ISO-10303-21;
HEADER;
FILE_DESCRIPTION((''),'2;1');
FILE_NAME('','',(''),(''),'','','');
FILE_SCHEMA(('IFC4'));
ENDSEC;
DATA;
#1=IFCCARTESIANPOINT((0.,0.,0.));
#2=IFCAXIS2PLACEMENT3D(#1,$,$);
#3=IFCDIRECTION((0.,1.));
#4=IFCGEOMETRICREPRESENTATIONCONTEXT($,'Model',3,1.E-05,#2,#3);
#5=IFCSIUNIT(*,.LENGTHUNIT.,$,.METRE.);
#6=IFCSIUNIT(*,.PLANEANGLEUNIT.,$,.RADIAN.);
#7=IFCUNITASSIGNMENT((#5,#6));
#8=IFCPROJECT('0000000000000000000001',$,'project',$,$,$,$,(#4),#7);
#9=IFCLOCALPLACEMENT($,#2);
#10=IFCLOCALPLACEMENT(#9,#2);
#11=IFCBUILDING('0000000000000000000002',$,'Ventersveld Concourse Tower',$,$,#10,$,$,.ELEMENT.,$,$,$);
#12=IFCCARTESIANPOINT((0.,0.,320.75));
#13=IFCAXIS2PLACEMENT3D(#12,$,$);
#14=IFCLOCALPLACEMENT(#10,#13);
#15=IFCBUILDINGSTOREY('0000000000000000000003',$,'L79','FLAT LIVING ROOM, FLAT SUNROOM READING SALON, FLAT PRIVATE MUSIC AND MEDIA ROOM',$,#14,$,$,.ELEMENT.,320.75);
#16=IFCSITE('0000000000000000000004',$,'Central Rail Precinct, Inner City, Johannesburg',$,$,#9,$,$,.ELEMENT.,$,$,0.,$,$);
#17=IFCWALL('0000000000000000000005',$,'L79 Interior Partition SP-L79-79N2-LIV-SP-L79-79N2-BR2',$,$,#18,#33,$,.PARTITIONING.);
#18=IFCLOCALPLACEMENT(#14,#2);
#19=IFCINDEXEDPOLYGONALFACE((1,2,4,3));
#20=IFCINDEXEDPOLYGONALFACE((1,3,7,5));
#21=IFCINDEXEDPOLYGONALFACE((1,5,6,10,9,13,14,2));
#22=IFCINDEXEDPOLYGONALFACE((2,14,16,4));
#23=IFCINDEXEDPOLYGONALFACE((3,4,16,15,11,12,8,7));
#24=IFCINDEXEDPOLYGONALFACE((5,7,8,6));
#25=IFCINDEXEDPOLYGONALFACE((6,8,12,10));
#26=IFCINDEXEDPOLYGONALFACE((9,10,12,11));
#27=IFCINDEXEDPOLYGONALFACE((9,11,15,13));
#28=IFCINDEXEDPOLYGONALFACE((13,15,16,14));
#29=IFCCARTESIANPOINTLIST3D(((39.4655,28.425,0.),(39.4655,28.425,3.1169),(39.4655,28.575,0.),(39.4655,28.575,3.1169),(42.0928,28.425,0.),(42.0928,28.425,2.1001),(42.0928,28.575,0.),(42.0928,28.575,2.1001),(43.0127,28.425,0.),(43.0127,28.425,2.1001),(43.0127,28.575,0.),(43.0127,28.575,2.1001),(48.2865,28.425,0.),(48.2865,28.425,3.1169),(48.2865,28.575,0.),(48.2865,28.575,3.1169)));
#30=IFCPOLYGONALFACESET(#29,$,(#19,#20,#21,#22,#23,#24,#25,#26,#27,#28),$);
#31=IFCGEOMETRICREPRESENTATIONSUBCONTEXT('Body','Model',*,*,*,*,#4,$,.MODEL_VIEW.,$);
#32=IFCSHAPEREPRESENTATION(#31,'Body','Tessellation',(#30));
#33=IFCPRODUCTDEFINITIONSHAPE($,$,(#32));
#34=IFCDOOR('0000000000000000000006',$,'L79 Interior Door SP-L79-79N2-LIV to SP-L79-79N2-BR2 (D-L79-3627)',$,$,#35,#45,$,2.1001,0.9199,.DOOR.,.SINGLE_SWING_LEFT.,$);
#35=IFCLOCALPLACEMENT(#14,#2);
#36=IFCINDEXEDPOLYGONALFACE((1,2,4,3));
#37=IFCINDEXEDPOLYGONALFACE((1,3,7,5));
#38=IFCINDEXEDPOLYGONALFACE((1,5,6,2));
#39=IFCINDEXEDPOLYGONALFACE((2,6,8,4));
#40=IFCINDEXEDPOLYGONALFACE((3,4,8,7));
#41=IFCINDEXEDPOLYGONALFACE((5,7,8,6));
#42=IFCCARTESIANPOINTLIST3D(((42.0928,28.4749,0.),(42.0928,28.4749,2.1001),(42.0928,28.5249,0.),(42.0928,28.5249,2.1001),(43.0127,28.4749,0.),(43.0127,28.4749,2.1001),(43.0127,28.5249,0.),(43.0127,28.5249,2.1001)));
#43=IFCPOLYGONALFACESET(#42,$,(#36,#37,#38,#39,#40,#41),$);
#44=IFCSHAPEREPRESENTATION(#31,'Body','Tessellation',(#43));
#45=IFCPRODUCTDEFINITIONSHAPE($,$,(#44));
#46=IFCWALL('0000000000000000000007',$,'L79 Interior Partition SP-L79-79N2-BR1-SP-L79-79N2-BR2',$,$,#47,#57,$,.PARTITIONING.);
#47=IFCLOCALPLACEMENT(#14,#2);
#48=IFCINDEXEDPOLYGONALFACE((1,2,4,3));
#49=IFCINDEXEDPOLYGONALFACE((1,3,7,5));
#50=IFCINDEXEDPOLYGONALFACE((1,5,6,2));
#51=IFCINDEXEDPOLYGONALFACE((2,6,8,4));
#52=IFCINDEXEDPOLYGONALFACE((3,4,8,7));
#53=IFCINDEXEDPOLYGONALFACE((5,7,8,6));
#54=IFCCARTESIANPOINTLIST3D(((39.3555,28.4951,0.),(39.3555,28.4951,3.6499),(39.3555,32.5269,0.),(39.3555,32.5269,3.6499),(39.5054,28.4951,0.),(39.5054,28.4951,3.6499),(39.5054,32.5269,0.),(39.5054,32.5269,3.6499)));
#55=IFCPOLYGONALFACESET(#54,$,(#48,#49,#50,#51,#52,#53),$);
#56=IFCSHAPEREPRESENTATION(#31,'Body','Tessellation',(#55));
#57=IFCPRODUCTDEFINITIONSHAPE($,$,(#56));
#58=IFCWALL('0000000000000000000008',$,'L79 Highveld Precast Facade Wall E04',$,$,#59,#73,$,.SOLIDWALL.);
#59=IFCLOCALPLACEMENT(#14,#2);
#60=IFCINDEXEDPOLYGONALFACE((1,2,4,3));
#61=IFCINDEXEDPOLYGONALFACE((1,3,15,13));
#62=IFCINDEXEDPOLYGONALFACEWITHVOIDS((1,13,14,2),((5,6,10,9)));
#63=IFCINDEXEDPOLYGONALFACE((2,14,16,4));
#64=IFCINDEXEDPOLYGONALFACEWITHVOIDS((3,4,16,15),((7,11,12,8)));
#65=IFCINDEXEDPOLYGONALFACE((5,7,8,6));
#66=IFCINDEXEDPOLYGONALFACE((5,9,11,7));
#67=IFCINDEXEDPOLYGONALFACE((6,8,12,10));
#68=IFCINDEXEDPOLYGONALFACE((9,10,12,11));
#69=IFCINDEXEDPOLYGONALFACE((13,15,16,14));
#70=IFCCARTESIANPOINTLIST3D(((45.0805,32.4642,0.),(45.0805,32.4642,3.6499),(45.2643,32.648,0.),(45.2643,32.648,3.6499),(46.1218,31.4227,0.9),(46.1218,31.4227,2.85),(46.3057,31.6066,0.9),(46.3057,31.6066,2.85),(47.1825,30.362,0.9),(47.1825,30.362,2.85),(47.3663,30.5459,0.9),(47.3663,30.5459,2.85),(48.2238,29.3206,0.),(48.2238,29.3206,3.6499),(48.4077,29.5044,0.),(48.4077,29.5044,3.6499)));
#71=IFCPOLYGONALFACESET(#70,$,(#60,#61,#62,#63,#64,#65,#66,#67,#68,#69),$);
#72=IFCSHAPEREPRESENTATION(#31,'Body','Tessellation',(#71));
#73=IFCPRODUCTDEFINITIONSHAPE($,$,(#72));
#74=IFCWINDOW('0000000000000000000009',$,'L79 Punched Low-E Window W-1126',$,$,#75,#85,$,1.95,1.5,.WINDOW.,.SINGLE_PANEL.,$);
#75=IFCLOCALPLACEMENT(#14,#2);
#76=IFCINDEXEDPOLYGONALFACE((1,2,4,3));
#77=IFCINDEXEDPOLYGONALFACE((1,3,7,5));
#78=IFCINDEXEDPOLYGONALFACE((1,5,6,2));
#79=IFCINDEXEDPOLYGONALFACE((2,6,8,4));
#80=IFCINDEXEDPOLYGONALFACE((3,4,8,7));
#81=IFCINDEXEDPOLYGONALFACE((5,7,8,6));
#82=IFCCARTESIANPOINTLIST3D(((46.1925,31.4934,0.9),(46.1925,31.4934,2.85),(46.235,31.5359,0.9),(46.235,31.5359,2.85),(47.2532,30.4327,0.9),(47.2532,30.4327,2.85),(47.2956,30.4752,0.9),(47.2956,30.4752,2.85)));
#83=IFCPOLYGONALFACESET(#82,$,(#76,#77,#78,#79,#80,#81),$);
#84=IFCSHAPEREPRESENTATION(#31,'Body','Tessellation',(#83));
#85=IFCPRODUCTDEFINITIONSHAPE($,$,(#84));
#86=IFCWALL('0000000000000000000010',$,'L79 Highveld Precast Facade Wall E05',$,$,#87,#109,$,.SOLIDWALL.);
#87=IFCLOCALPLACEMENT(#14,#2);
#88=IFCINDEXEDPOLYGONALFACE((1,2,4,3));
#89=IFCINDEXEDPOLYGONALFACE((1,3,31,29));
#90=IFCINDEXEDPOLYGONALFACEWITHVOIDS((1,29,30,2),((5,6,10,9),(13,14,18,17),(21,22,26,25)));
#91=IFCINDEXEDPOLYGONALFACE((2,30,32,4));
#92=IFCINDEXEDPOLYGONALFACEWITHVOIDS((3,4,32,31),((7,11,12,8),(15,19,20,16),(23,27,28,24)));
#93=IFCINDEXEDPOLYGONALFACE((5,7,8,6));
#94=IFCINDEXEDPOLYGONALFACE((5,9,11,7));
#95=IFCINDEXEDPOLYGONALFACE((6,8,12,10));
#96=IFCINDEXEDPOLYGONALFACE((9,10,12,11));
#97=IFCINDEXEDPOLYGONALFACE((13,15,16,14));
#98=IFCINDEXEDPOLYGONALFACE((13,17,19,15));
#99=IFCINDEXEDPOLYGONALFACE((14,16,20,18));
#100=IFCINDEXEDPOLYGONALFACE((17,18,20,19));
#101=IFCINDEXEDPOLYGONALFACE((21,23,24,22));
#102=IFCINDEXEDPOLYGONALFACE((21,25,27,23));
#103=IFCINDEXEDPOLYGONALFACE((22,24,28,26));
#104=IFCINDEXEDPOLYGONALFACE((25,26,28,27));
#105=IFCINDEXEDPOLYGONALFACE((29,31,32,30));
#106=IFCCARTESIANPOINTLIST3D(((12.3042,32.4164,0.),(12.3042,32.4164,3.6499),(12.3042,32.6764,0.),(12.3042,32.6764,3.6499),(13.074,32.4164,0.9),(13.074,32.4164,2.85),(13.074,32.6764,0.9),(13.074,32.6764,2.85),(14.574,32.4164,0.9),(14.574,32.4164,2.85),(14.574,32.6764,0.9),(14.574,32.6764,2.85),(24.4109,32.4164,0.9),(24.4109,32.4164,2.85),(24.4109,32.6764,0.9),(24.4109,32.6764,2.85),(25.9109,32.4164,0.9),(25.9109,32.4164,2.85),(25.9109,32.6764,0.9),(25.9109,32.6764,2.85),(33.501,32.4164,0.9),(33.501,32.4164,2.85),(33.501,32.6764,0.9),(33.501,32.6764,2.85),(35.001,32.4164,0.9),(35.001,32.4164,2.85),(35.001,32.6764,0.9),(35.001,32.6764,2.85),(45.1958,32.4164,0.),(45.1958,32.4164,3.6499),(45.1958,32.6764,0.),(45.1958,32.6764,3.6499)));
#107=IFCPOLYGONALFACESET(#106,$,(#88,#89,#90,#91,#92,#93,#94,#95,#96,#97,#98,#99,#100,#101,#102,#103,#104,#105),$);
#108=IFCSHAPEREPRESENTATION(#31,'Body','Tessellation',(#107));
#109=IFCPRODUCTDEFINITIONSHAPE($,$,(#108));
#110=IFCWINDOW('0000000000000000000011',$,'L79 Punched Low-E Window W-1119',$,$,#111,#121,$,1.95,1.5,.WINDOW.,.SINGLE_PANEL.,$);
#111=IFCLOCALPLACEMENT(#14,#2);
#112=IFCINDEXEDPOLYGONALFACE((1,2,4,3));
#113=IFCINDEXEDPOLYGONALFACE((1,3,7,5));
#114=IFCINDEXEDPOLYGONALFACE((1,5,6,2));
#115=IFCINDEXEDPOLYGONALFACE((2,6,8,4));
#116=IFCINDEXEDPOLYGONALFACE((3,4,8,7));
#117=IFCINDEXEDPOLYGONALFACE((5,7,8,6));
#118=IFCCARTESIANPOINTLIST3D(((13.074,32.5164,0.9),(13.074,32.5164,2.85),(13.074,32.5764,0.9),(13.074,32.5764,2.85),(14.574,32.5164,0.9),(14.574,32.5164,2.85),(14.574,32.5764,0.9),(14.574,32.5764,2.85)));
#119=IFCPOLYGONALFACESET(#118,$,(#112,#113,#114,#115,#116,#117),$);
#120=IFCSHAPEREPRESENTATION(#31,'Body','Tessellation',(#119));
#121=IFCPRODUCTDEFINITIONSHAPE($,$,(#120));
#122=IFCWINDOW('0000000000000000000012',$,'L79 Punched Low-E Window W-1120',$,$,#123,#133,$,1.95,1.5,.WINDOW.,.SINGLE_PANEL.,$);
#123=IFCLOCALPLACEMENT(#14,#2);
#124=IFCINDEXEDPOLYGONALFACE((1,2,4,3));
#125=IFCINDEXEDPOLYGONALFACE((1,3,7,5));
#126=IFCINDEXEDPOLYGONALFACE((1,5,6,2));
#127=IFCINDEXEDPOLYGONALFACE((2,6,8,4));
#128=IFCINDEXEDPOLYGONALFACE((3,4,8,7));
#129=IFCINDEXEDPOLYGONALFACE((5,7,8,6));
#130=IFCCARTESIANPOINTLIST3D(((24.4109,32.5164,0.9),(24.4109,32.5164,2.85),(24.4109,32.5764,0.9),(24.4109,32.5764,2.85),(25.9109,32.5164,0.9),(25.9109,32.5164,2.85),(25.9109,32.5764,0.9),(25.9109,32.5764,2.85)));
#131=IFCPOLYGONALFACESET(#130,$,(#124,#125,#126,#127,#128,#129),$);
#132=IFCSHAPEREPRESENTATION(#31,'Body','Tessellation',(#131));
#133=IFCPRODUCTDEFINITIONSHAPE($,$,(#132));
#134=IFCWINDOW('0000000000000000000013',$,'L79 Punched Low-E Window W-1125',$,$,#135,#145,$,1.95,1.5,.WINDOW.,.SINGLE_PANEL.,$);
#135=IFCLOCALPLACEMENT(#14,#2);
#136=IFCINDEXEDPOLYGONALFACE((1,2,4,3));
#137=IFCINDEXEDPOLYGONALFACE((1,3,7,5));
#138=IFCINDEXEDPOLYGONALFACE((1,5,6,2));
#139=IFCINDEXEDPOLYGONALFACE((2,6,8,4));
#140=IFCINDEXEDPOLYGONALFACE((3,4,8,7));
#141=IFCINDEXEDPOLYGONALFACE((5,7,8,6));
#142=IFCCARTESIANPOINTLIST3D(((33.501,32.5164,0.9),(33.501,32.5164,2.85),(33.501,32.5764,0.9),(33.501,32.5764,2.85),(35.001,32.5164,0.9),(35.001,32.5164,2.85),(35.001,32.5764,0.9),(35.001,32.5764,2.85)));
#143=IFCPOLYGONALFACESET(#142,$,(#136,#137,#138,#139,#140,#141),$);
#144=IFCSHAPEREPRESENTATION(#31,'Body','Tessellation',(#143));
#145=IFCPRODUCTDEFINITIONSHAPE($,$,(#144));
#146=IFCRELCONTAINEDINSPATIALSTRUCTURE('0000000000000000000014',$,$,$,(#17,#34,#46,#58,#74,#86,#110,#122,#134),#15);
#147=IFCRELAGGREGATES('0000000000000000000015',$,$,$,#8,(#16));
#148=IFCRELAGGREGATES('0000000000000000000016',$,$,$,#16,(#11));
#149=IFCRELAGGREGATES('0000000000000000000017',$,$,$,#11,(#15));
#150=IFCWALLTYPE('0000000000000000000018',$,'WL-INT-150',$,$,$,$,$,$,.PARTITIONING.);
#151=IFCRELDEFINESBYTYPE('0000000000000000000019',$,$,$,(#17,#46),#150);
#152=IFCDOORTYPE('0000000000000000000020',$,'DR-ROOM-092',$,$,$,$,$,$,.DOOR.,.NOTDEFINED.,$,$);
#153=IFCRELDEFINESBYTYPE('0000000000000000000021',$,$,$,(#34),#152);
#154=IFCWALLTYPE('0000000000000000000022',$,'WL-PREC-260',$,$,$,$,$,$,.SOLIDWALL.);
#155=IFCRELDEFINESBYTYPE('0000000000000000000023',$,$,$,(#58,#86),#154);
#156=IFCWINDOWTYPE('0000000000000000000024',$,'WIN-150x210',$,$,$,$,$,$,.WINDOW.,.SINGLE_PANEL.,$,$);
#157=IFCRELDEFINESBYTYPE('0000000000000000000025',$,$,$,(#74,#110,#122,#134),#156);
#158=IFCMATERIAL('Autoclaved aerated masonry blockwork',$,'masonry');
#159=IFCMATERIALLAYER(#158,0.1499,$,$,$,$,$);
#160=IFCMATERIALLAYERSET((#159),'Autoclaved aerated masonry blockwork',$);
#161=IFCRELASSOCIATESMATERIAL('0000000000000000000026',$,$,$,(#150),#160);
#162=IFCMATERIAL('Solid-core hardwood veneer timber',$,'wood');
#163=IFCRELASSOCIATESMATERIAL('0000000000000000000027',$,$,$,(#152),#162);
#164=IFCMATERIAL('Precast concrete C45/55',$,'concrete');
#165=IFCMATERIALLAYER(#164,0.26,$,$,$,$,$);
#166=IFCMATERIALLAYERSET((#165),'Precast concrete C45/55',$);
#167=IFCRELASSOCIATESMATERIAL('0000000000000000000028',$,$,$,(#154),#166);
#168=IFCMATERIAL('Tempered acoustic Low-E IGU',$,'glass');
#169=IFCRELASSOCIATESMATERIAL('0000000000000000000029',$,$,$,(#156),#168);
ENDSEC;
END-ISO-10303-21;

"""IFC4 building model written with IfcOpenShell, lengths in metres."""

from ifc_helpers import new_model, si_unit, direction, frame, frame_2d, origin, place, context, subcontext, project, spatial, rectangle, extrude, material, layer, layer_set, type_object, element, fill, save


model = new_model("IFC4")

# Units and contexts
model_context = context("Model", 3, precision=1e-05, world=origin(), true_north=direction((0.0, 1.0)))
body_context = subcontext(model_context, "Body", "Model", "MODEL_VIEW")
ifc_project = project(units=[si_unit("LENGTHUNIT", "METRE"), si_unit("PLANEANGLEUNIT", "RADIAN")], contexts=[model_context])

# Site, building, storey
site_placement = place(None, origin())
site = spatial("IfcSite", under=ifc_project, at=site_placement, Name="Central Rail Precinct, Inner City, Johannesburg", CompositionType="ELEMENT", RefElevation=0.0)
building_placement = place(site_placement, origin())
building = spatial("IfcBuilding", under=site, at=building_placement, Name="Ventersveld Concourse Tower", CompositionType="ELEMENT")
storey_placement = place(building_placement, frame((0.0, 0.0, 320.75)))
storey = spatial("IfcBuildingStorey", under=building, at=storey_placement, Name="L79", Description="FLAT LIVING ROOM, FLAT SUNROOM READING SALON, FLAT PRIVATE MUSIC AND MEDIA ROOM", CompositionType="ELEMENT", Elevation=320.75)

# Wall, opening, door
ifc_material_1 = material(Name="Autoclaved aerated masonry blockwork", Category="masonry")
ifc_layer_1 = layer(ifc_material_1, 0.1499)
ifc_layer_set_1 = layer_set([ifc_layer_1], Name="Autoclaved aerated masonry blockwork")
wall_type_1 = type_object("IfcWallType", Name="WL-INT-150", PredefinedType="PARTITIONING", material=ifc_layer_set_1)
ifc_material_2 = material(Name="Solid-core hardwood veneer timber", Category="wood")
door_type = type_object("IfcDoorType", Name="DR-ROOM-092", OperationType="NOTDEFINED", PredefinedType="DOOR", material=ifc_material_2)
wall_1_placement = place(storey_placement, frame((39.4653, 28.5, 0.0), z_axis=(0.0, 0.0, 1.0), x_axis=(1.0, 0.0, 0.0)))
wall_1 = element("IfcWall", 1, at=wall_1_placement, inside=storey, type_object=wall_type_1, Name="L79 Interior Partition SP-L79-79N2-LIV-SP-L79-79N2-BR2", PredefinedType="PARTITIONING", context=body_context, shape_type="SweptSolid", body=[
    extrude(rectangle(XDim=8.821, YDim=0.1499, at=frame_2d((4.4106, 0.0))), origin(), (0.0, 0.0, 1.0), 3.1169),
])
opening_1_placement = place(wall_1_placement, frame((2.6274, 0.0, 0.0)))
opening_1 = element("IfcOpeningElement", 2, at=opening_1_placement, cuts=wall_1, PredefinedType="OPENING", context=body_context, shape_type="SweptSolid", body=[
    extrude(rectangle(XDim=0.9199, YDim=2.1001, at=frame_2d((0.46, 1.05))), frame((0.0, 0.085, 0.0), z_axis=(0.0, -1.0, 0.0), x_axis=(1.0, 0.0, 0.0)), (0.0, 0.0, 1.0), 0.1699),
])
door_1_placement = place(opening_1_placement, origin())
door_1 = element("IfcDoor", 3, at=door_1_placement, inside=storey, type_object=door_type, Name="L79 Interior Door SP-L79-79N2-LIV to SP-L79-79N2-BR2 (D-L79-3627)", OperationType="SINGLE_SWING_LEFT", OverallHeight=2.1001, OverallWidth=0.9199, PredefinedType="DOOR", context=body_context, shape_type="SweptSolid", body=[
    extrude(rectangle(XDim=0.9199, YDim=2.1001, at=frame_2d((0.46, 1.05))), frame((0.0, 0.0249, 0.0), z_axis=(0.0, -1.0, 0.0), x_axis=(1.0, 0.0, 0.0)), (0.0, 0.0, 1.0), 0.05),
])
fill(opening_1, door_1)

# Wall
wall_2_placement = place(storey_placement, frame((39.4304, 28.4951, 0.0), z_axis=(0.0, 0.0, 1.0), x_axis=(0.0, 1.0, 0.0)))
element("IfcWall", 4, at=wall_2_placement, inside=storey, type_object=wall_type_1, Name="L79 Interior Partition SP-L79-79N2-BR1-SP-L79-79N2-BR2", PredefinedType="PARTITIONING", context=body_context, shape_type="SweptSolid", body=[
    extrude(rectangle(XDim=4.0317, YDim=0.1499, at=frame_2d((2.0159, 0.0))), origin(), (0.0, 0.0, 1.0), 3.6499),
])

# Wall, opening, window
ifc_material_3 = material(Name="Precast concrete C45/55", Category="concrete")
ifc_layer_2 = layer(ifc_material_3, 0.26)
ifc_layer_set_2 = layer_set([ifc_layer_2], Name="Precast concrete C45/55")
wall_type_2 = type_object("IfcWallType", Name="WL-PREC-260", PredefinedType="SOLIDWALL", material=ifc_layer_set_2)
wall_3_placement = place(storey_placement, frame((48.3157, 29.4126, 0.0), z_axis=(0.0, 0.0, 1.0), x_axis=(-0.707079, 0.707134, 0.0)))
wall_3 = element("IfcWall", 5, at=wall_3_placement, inside=storey, type_object=wall_type_2, Name="L79 Highveld Precast Facade Wall E04", PredefinedType="SOLIDWALL", context=body_context, shape_type="SweptSolid", body=[
    extrude(rectangle(XDim=4.4456, YDim=0.26, at=frame_2d((2.2227, 0.0))), origin(), (0.0, 0.0, 1.0), 3.6499),
])
opening_2_placement = place(wall_3_placement, frame((1.4727, 0.0, 0.8999)))
opening_2 = element("IfcOpeningElement", 6, at=opening_2_placement, cuts=wall_3, PredefinedType="OPENING", context=body_context, shape_type="SweptSolid", body=[
    extrude(rectangle(XDim=1.5, YDim=1.95, at=frame_2d((0.75, 0.9751))), frame((0.0, 0.1401, 0.0), z_axis=(0.0, -1.0, 0.0), x_axis=(1.0, 0.0, 0.0)), (0.0, 0.0, 1.0), 0.28),
])
ifc_material_4 = material(Name="Tempered acoustic Low-E IGU", Category="glass")
window_type = type_object("IfcWindowType", Name="WIN-150x210", PartitioningType="SINGLE_PANEL", PredefinedType="WINDOW", material=ifc_material_4)
window_1_placement = place(opening_2_placement, origin())
window_1 = element("IfcWindow", 7, at=window_1_placement, inside=storey, type_object=window_type, Name="L79 Punched Low-E Window W-1126", OverallHeight=1.95, OverallWidth=1.5, PartitioningType="SINGLE_PANEL", PredefinedType="WINDOW", context=body_context, shape_type="SweptSolid", body=[
    extrude(rectangle(XDim=1.5, YDim=1.95, at=frame_2d((0.75, 0.9751))), frame((0.0, 0.03, 0.0), z_axis=(0.0, -1.0, 0.0), x_axis=(1.0, 0.0, 0.0)), (0.0, 0.0, 1.0), 0.0601),
])
fill(opening_2, window_1)

# Wall, openings, windows
wall_4_placement = place(storey_placement, frame((45.1958, 32.5464, 0.0), z_axis=(0.0, 0.0, 1.0), x_axis=(-1.0, 0.0, 0.0)))
wall_4 = element("IfcWall", 8, at=wall_4_placement, inside=storey, type_object=wall_type_2, Name="L79 Highveld Precast Facade Wall E05", PredefinedType="SOLIDWALL", context=body_context, shape_type="SweptSolid", body=[
    extrude(rectangle(XDim=32.8916, YDim=0.26, at=frame_2d((16.4458, 0.0))), origin(), (0.0, 0.0, 1.0), 3.6499),
])
opening_3_placement = place(wall_4_placement, frame((30.6218, 0.0, 0.8999)))
opening_3 = element("IfcOpeningElement", 9, at=opening_3_placement, cuts=wall_4, PredefinedType="OPENING", context=body_context, shape_type="SweptSolid", body=[
    extrude(rectangle(XDim=1.5, YDim=1.95, at=frame_2d((0.75, 0.9751))), frame((0.0, 0.1401, 0.0), z_axis=(0.0, -1.0, 0.0), x_axis=(1.0, 0.0, 0.0)), (0.0, 0.0, 1.0), 0.28),
])
opening_4_placement = place(wall_4_placement, frame((19.2849, 0.0, 0.8999)))
opening_4 = element("IfcOpeningElement", 10, at=opening_4_placement, cuts=wall_4, PredefinedType="OPENING", context=body_context, shape_type="SweptSolid", body=[
    extrude(rectangle(XDim=1.5, YDim=1.95, at=frame_2d((0.75, 0.9751))), frame((0.0, 0.1401, 0.0), z_axis=(0.0, -1.0, 0.0), x_axis=(1.0, 0.0, 0.0)), (0.0, 0.0, 1.0), 0.28),
])
opening_5_placement = place(wall_4_placement, frame((10.1948, 0.0, 0.8999)))
opening_5 = element("IfcOpeningElement", 11, at=opening_5_placement, cuts=wall_4, PredefinedType="OPENING", context=body_context, shape_type="SweptSolid", body=[
    extrude(rectangle(XDim=1.5, YDim=1.95, at=frame_2d((0.75, 0.9751))), frame((0.0, 0.1401, 0.0), z_axis=(0.0, -1.0, 0.0), x_axis=(1.0, 0.0, 0.0)), (0.0, 0.0, 1.0), 0.28),
])
window_2_placement = place(opening_3_placement, origin())
window_2 = element("IfcWindow", 12, at=window_2_placement, inside=storey, type_object=window_type, Name="L79 Punched Low-E Window W-1119", OverallHeight=1.95, OverallWidth=1.5, PartitioningType="SINGLE_PANEL", PredefinedType="WINDOW", context=body_context, shape_type="SweptSolid", body=[
    extrude(rectangle(XDim=1.5, YDim=1.95, at=frame_2d((0.75, 0.9751))), frame((0.0, 0.03, 0.0), z_axis=(0.0, -1.0, 0.0), x_axis=(1.0, 0.0, 0.0)), (0.0, 0.0, 1.0), 0.0601),
])
fill(opening_3, window_2)
window_3_placement = place(opening_4_placement, origin())
window_3 = element("IfcWindow", 13, at=window_3_placement, inside=storey, type_object=window_type, Name="L79 Punched Low-E Window W-1120", OverallHeight=1.95, OverallWidth=1.5, PartitioningType="SINGLE_PANEL", PredefinedType="WINDOW", context=body_context, shape_type="SweptSolid", body=[
    extrude(rectangle(XDim=1.5, YDim=1.95, at=frame_2d((0.75, 0.9751))), frame((0.0, 0.03, 0.0), z_axis=(0.0, -1.0, 0.0), x_axis=(1.0, 0.0, 0.0)), (0.0, 0.0, 1.0), 0.0601),
])
fill(opening_4, window_3)
window_4_placement = place(opening_5_placement, origin())
window_4 = element("IfcWindow", 14, at=window_4_placement, inside=storey, type_object=window_type, Name="L79 Punched Low-E Window W-1125", OverallHeight=1.95, OverallWidth=1.5, PartitioningType="SINGLE_PANEL", PredefinedType="WINDOW", context=body_context, shape_type="SweptSolid", body=[
    extrude(rectangle(XDim=1.5, YDim=1.95, at=frame_2d((0.75, 0.9751))), frame((0.0, 0.03, 0.0), z_axis=(0.0, -1.0, 0.0), x_axis=(1.0, 0.0, 0.0)), (0.0, 0.0, 1.0), 0.0601),
])
fill(opening_5, window_4)

save(model, "model.ifc")
